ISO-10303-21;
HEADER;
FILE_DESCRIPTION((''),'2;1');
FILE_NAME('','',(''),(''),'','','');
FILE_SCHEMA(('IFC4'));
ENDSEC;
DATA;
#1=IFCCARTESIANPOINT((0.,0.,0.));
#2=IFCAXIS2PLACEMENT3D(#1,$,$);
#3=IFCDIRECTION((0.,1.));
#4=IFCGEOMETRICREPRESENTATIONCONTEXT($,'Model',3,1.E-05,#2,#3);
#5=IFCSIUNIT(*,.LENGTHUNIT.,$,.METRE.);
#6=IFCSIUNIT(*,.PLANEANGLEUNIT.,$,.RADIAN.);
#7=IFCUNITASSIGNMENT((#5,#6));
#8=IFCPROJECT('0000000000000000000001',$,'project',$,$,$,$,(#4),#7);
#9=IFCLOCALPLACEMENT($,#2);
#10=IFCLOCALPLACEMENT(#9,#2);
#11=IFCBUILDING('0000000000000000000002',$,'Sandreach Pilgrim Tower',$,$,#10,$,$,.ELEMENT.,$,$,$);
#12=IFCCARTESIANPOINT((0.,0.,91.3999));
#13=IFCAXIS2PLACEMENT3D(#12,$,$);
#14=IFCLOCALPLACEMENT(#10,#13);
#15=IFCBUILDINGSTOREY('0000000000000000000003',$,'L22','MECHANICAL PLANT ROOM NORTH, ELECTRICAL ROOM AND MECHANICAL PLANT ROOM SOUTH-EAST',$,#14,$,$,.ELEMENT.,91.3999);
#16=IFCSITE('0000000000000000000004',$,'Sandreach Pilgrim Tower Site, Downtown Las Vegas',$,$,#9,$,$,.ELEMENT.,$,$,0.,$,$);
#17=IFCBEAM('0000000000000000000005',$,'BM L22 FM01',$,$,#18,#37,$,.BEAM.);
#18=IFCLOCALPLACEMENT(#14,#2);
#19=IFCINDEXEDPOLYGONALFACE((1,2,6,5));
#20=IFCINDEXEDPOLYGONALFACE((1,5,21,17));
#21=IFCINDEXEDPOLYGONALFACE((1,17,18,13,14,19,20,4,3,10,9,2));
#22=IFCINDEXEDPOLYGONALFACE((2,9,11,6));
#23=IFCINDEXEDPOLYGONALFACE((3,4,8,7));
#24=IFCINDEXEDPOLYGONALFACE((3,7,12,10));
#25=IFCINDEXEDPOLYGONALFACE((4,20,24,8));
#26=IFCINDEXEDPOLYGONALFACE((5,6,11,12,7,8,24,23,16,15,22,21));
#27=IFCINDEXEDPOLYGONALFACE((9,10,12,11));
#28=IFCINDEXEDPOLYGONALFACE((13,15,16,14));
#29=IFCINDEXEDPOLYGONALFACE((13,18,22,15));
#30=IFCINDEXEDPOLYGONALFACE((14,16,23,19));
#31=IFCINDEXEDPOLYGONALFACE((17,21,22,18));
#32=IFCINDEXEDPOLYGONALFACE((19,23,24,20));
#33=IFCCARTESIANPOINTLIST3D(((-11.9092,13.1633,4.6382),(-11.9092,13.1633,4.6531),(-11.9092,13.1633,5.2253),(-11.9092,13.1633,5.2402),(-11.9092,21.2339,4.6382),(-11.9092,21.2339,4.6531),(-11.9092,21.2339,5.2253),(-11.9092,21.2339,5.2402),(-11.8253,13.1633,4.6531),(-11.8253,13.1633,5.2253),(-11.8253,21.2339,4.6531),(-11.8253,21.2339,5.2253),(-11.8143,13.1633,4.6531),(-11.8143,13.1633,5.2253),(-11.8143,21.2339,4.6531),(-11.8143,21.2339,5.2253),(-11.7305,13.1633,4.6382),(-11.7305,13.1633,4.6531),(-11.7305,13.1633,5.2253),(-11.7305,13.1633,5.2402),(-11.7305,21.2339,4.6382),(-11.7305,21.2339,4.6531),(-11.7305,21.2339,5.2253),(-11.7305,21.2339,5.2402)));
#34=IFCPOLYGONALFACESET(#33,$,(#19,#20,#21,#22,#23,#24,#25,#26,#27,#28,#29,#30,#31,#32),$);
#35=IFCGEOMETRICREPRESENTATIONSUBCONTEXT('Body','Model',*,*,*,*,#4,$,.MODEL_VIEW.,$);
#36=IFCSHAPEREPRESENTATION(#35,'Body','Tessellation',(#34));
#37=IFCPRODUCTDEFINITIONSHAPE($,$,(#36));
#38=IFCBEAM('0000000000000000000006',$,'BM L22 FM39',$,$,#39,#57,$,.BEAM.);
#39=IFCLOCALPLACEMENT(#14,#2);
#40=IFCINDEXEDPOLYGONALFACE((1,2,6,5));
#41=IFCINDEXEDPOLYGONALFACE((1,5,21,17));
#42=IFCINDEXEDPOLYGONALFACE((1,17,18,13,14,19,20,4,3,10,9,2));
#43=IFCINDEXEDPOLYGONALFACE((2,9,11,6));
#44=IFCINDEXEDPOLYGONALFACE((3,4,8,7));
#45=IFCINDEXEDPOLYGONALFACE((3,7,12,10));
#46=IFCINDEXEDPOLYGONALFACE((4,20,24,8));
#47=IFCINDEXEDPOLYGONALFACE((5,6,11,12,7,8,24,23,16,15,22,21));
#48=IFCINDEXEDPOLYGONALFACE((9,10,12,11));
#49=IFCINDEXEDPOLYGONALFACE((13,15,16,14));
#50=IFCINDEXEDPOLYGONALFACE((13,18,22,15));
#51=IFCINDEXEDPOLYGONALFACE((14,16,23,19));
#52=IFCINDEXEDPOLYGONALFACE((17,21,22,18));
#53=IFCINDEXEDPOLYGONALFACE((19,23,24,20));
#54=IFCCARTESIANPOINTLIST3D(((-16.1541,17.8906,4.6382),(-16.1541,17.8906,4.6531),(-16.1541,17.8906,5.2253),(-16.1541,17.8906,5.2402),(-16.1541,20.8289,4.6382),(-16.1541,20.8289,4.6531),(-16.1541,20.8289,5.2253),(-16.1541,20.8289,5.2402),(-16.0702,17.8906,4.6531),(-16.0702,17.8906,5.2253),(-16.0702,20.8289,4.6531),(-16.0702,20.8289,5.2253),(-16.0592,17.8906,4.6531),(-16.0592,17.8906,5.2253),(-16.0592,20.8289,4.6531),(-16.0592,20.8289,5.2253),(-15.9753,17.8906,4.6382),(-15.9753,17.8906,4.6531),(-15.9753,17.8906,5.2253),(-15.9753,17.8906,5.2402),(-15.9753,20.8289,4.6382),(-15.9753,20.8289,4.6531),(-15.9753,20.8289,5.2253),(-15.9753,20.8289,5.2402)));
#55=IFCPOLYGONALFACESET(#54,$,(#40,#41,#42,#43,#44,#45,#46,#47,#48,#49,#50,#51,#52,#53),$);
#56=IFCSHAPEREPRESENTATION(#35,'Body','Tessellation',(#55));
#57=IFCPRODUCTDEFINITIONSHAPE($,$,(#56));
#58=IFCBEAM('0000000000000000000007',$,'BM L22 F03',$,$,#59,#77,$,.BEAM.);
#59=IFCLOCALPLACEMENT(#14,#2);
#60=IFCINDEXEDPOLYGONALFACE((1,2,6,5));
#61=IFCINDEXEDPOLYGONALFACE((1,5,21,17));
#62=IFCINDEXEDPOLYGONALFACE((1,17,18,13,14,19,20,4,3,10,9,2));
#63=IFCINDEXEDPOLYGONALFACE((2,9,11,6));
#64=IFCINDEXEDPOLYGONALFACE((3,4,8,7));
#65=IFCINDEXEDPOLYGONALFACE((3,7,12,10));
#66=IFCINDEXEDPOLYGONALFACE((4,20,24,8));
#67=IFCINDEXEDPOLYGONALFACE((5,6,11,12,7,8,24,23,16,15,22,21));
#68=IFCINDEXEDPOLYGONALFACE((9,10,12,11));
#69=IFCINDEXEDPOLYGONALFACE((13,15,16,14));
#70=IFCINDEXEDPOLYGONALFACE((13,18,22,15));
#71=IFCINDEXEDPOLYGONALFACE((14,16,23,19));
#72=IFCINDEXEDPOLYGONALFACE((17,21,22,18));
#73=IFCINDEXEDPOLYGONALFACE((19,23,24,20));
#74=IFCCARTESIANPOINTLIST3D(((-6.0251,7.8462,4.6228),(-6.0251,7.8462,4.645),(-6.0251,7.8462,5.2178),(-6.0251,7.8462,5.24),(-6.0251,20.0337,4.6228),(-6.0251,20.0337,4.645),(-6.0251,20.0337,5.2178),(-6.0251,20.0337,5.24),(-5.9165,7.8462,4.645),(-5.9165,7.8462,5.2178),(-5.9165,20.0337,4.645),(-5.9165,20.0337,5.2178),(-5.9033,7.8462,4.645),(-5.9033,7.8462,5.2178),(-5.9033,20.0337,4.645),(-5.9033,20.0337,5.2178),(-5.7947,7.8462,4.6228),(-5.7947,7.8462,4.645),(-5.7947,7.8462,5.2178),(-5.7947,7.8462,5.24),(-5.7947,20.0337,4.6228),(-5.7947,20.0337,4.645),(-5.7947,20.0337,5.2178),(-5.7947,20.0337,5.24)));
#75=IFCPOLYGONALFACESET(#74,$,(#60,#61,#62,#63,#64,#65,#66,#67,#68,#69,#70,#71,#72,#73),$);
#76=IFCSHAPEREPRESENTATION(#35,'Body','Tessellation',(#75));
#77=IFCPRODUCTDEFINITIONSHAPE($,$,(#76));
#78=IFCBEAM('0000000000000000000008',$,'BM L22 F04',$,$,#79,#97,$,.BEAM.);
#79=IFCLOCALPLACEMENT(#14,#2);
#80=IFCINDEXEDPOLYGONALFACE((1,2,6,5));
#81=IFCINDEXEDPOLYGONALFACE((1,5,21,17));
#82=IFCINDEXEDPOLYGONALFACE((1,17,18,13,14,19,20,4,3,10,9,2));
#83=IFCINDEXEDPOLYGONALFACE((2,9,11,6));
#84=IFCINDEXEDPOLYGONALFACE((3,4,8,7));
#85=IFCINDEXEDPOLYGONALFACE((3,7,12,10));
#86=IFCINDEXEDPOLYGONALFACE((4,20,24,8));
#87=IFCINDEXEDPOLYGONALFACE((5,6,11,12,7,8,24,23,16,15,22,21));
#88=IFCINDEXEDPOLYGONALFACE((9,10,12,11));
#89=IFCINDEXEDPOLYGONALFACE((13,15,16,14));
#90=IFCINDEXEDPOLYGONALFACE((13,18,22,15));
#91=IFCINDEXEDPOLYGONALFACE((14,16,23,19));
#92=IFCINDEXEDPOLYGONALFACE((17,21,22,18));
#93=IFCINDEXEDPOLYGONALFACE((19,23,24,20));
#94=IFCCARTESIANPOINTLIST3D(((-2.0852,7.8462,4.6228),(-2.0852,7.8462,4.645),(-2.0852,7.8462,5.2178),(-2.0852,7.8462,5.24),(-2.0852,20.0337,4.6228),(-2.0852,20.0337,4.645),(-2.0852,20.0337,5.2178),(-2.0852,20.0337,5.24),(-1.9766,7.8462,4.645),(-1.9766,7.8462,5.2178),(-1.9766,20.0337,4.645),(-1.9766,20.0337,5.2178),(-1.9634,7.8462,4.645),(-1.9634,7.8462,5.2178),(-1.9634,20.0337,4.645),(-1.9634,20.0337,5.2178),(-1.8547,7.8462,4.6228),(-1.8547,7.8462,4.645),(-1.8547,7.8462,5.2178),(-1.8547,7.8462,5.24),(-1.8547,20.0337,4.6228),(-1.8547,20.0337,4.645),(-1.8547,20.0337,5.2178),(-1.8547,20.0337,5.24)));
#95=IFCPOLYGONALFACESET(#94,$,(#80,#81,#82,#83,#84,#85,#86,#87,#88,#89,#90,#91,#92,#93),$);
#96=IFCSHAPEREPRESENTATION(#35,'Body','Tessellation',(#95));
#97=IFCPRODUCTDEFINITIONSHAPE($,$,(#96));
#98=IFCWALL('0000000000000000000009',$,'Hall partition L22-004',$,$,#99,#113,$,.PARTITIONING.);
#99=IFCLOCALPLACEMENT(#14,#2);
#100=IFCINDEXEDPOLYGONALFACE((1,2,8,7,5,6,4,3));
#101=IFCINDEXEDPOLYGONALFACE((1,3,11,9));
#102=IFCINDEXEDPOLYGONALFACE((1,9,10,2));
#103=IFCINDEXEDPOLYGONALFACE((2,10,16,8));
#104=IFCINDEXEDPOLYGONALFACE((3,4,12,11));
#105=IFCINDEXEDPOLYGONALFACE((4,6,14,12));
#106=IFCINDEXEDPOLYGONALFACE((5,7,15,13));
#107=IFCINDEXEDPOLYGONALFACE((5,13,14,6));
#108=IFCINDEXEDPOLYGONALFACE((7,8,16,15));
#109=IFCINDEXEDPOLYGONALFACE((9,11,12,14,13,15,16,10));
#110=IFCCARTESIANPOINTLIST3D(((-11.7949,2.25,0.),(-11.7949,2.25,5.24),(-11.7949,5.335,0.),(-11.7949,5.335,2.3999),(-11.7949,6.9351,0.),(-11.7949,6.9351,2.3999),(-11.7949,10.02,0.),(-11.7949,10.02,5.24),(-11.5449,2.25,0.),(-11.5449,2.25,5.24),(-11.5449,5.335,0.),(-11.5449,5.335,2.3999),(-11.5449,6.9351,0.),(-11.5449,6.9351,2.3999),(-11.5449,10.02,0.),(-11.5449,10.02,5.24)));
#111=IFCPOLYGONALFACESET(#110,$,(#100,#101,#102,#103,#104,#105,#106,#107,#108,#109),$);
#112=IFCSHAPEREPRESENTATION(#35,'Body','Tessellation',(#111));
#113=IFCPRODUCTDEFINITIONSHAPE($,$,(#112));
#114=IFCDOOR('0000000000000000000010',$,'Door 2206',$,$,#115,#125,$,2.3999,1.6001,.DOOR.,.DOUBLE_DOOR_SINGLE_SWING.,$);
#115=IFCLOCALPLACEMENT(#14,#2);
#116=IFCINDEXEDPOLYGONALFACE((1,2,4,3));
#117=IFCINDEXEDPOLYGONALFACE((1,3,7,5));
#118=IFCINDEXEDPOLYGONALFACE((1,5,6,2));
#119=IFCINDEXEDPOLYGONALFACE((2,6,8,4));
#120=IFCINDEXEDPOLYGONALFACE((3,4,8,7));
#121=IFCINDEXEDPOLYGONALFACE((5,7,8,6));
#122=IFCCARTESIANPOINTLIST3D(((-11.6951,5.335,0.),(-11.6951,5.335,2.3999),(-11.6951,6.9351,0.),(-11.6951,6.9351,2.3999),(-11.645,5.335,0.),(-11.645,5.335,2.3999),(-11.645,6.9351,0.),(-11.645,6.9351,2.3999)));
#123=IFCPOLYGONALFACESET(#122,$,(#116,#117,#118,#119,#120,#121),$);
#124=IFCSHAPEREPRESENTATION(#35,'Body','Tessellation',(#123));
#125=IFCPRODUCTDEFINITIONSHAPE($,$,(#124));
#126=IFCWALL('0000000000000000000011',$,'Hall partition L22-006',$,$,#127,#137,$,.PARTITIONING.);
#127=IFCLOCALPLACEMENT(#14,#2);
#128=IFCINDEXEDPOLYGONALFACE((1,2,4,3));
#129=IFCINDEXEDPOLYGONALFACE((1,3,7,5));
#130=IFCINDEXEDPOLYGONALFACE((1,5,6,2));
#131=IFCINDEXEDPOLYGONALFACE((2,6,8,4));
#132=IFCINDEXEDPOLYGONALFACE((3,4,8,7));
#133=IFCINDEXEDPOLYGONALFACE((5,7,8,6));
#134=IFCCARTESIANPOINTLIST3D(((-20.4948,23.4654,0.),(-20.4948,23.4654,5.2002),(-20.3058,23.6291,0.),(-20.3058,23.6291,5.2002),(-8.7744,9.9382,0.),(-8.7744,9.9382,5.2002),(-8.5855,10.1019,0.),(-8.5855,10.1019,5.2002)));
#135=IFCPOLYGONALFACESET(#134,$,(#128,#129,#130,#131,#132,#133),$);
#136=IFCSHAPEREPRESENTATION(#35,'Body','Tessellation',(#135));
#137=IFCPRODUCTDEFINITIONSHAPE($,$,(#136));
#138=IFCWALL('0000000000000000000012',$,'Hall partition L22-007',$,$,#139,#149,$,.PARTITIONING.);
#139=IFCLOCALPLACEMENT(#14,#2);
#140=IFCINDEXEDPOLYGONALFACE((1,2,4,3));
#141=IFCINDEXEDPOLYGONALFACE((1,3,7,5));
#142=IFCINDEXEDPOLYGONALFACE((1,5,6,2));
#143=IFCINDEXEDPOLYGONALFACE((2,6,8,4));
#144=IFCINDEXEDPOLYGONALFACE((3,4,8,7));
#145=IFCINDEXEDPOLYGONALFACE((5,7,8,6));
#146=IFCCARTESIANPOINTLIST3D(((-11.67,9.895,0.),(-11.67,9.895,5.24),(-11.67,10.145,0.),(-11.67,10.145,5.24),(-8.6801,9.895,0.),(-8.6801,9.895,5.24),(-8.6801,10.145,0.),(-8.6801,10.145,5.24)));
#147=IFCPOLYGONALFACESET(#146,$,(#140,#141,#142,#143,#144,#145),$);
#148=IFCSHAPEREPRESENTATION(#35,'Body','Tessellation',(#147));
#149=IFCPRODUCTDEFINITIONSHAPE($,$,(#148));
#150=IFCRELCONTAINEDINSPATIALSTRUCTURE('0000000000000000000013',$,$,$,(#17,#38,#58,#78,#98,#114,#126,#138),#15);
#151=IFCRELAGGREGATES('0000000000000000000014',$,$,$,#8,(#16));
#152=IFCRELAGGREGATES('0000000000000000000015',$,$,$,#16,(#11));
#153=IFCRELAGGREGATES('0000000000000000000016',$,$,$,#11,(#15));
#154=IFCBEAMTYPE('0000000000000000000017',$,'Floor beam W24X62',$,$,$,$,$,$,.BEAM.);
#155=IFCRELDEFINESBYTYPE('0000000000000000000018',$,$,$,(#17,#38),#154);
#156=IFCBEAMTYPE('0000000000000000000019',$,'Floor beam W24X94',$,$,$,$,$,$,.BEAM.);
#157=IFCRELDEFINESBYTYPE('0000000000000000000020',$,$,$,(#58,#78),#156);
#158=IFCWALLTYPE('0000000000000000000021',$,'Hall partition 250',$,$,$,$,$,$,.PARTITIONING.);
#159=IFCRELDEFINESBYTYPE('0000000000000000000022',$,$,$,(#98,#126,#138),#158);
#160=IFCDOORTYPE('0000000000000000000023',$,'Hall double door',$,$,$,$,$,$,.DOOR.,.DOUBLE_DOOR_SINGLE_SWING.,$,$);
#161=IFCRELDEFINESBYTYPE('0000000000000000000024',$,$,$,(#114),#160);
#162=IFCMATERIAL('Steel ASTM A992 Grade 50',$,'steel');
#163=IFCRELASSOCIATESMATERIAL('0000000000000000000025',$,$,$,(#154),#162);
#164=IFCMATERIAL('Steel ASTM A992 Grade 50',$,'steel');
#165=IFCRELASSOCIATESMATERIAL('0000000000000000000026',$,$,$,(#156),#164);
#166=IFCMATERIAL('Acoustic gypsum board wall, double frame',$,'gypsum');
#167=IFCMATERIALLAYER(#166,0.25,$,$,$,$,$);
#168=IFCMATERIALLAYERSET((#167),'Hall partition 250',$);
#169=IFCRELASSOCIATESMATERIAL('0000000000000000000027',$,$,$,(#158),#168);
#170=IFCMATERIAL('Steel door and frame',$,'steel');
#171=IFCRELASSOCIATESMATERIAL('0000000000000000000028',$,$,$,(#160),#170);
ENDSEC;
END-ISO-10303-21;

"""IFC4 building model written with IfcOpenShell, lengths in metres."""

from ifc_helpers import new_model, si_unit, direction, frame, frame_2d, origin, origin_2d, place, context, subcontext, project, spatial, rectangle, i_section, extrude, material, layer, layer_set, material_profile, profile_set, type_object, element, fill, save


model = new_model("IFC4")

# Units and contexts
model_context = context("Model", 3, precision=1e-05, world=origin(), true_north=direction((0.0, 1.0)))
body_context = subcontext(model_context, "Body", "Model", "MODEL_VIEW")
ifc_project = project(units=[si_unit("LENGTHUNIT", "METRE"), si_unit("PLANEANGLEUNIT", "RADIAN")], contexts=[model_context])

# Site, building, storey
site_placement = place(None, origin())
site = spatial("IfcSite", under=ifc_project, at=site_placement, Name="Sandreach Pilgrim Tower Site, Downtown Las Vegas", CompositionType="ELEMENT", RefElevation=0.0)
building_placement = place(site_placement, origin())
building = spatial("IfcBuilding", under=site, at=building_placement, Name="Sandreach Pilgrim Tower", CompositionType="ELEMENT")
storey_placement = place(building_placement, frame((0.0, 0.0, 91.3999)))
storey = spatial("IfcBuildingStorey", under=building, at=storey_placement, Name="L22", Description="MECHANICAL PLANT ROOM NORTH, ELECTRICAL ROOM AND MECHANICAL PLANT ROOM SOUTH-EAST", CompositionType="ELEMENT", Elevation=91.3999)

# Beams
ifc_material_1 = material(Name="Steel ASTM A992 Grade 50", Category="steel")
ifc_material_profile_1 = material_profile(ifc_material_1, i_section(OverallWidth=0.1787, OverallDepth=0.6021, WebThickness=0.011, FlangeThickness=0.0149, at=origin_2d()), Name="W24X62")
ifc_profile_set_1 = profile_set([ifc_material_profile_1], Name="Steel ASTM A992 Grade 50")
beam_type_1 = type_object("IfcBeamType", Name="Floor beam W24X62", PredefinedType="BEAM", material=ifc_profile_set_1)
beam_1_placement = place(storey_placement, frame((-11.8198, 21.2339, 4.9392), z_axis=(0.0, -1.0, 0.0), x_axis=(1.0, 0.0, 0.0)))
element("IfcBeam", 1, at=beam_1_placement, inside=storey, type_object=beam_type_1, Name="BM L22 FM01", PredefinedType="BEAM", context=body_context, shape_type="SweptSolid", body=[
    extrude(i_section(OverallWidth=0.1787, OverallDepth=0.6021, WebThickness=0.011, FlangeThickness=0.0149, at=origin_2d()), origin(), (0.0, 0.0, 1.0), 8.0706),
])
beam_2_placement = place(storey_placement, frame((-16.0647, 20.8289, 4.9392), z_axis=(0.0, -1.0, 0.0), x_axis=(1.0, 0.0, 0.0)))
element("IfcBeam", 2, at=beam_2_placement, inside=storey, type_object=beam_type_1, Name="BM L22 FM39", PredefinedType="BEAM", context=body_context, shape_type="SweptSolid", body=[
    extrude(i_section(OverallWidth=0.1787, OverallDepth=0.6021, WebThickness=0.011, FlangeThickness=0.0149, at=origin_2d()), origin(), (0.0, 0.0, 1.0), 2.9382),
])
ifc_material_2 = material(Name="Steel ASTM A992 Grade 50", Category="steel")
ifc_material_profile_2 = material_profile(ifc_material_2, i_section(OverallWidth=0.2305, OverallDepth=0.6172, WebThickness=0.0132, FlangeThickness=0.0222, at=origin_2d()), Name="W24X94")
ifc_profile_set_2 = profile_set([ifc_material_profile_2], Name="Steel ASTM A992 Grade 50")
beam_type_2 = type_object("IfcBeamType", Name="Floor beam W24X94", PredefinedType="BEAM", material=ifc_profile_set_2)
for number, where, z_axis, x_axis, name in (
    (3, (-5.9099, 20.0337, 4.9314), (0.0, -1.0, 0.0), (1.0, 0.0, 0.0), "BM L22 F03"),
    (4, (-1.97, 20.0337, 4.9314), (0.0, -1.0, 0.0), (1.0, 0.0, 0.0), "BM L22 F04"),
):
    element("IfcBeam", number, at=place(storey_placement, frame(where, z_axis=z_axis, x_axis=x_axis)), inside=storey, type_object=beam_type_2, Name=name, PredefinedType="BEAM", context=body_context, shape_type="SweptSolid", body=[
        extrude(i_section(OverallWidth=0.2305, OverallDepth=0.6172, WebThickness=0.0132, FlangeThickness=0.0222, at=origin_2d()), origin(), (0.0, 0.0, 1.0), 12.1875),
    ])

# Wall, opening, door
ifc_material_3 = material(Name="Acoustic gypsum board wall, double frame", Category="gypsum")
ifc_layer = layer(ifc_material_3, 0.25)
ifc_layer_set = layer_set([ifc_layer], Name="Hall partition 250")
wall_type = type_object("IfcWallType", Name="Hall partition 250", PredefinedType="PARTITIONING", material=ifc_layer_set)
wall_1_placement = place(storey_placement, frame((-11.6699, 10.02, 0.0), z_axis=(0.0, 0.0, 1.0), x_axis=(0.0, -1.0, 0.0)))
wall_1 = element("IfcWall", 5, at=wall_1_placement, inside=storey, type_object=wall_type, Name="Hall partition L22-004", PredefinedType="PARTITIONING", context=body_context, shape_type="SweptSolid", body=[
    extrude(rectangle(XDim=7.77, YDim=0.25, at=frame_2d((3.885, 0.0))), origin(), (0.0, 0.0, 1.0), 5.24),
])
opening_placement = place(wall_1_placement, frame((3.085, 0.0, 0.0)))
opening = element("IfcOpeningElement", 6, at=opening_placement, cuts=wall_1, PredefinedType="OPENING", context=body_context, shape_type="SweptSolid", body=[
    extrude(rectangle(XDim=1.6001, YDim=2.3999, at=frame_2d((0.8, 1.2))), frame((0.0, 0.125, 0.0), z_axis=(0.0, -1.0, 0.0), x_axis=(1.0, 0.0, 0.0)), (0.0, 0.0, 1.0), 0.25),
])
ifc_material_4 = material(Name="Steel door and frame", Category="steel")
door_type = type_object("IfcDoorType", Name="Hall double door", OperationType="DOUBLE_DOOR_SINGLE_SWING", PredefinedType="DOOR", material=ifc_material_4)
door_placement = place(opening_placement, origin())
door = element("IfcDoor", 7, at=door_placement, inside=storey, type_object=door_type, Name="Door 2206", OperationType="DOUBLE_DOOR_SINGLE_SWING", OverallHeight=2.3999, OverallWidth=1.6001, PredefinedType="DOOR", context=body_context, shape_type="SweptSolid", body=[
    extrude(rectangle(XDim=1.6001, YDim=2.3999, at=frame_2d((0.8, 1.2))), frame((0.0, 0.0249, 0.0), z_axis=(0.0, -1.0, 0.0), x_axis=(1.0, 0.0, 0.0)), (0.0, 0.0, 1.0), 0.05),
])
fill(opening, door)

# Walls
wall_2_placement = place(storey_placement, frame((-8.6799, 10.02, 0.0), z_axis=(0.0, 0.0, 1.0), x_axis=(-0.654827, 0.755779, 0.0)))
element("IfcWall", 8, at=wall_2_placement, inside=storey, type_object=wall_type, Name="Hall partition L22-006", PredefinedType="PARTITIONING", context=body_context, shape_type="SweptSolid", body=[
    extrude(rectangle(XDim=17.8984, YDim=0.25, at=frame_2d((8.9492, 0.0))), origin(), (0.0, 0.0, 1.0), 5.2002),
])
wall_3_placement = place(storey_placement, frame((-8.6799, 10.02, 0.0), z_axis=(0.0, 0.0, 1.0), x_axis=(-1.0, 0.0, 0.0)))
element("IfcWall", 9, at=wall_3_placement, inside=storey, type_object=wall_type, Name="Hall partition L22-007", PredefinedType="PARTITIONING", context=body_context, shape_type="SweptSolid", body=[
    extrude(rectangle(XDim=2.99, YDim=0.25, at=frame_2d((1.4951, 0.0))), origin(), (0.0, 0.0, 1.0), 5.24),
])

save(model, "model.ifc")
